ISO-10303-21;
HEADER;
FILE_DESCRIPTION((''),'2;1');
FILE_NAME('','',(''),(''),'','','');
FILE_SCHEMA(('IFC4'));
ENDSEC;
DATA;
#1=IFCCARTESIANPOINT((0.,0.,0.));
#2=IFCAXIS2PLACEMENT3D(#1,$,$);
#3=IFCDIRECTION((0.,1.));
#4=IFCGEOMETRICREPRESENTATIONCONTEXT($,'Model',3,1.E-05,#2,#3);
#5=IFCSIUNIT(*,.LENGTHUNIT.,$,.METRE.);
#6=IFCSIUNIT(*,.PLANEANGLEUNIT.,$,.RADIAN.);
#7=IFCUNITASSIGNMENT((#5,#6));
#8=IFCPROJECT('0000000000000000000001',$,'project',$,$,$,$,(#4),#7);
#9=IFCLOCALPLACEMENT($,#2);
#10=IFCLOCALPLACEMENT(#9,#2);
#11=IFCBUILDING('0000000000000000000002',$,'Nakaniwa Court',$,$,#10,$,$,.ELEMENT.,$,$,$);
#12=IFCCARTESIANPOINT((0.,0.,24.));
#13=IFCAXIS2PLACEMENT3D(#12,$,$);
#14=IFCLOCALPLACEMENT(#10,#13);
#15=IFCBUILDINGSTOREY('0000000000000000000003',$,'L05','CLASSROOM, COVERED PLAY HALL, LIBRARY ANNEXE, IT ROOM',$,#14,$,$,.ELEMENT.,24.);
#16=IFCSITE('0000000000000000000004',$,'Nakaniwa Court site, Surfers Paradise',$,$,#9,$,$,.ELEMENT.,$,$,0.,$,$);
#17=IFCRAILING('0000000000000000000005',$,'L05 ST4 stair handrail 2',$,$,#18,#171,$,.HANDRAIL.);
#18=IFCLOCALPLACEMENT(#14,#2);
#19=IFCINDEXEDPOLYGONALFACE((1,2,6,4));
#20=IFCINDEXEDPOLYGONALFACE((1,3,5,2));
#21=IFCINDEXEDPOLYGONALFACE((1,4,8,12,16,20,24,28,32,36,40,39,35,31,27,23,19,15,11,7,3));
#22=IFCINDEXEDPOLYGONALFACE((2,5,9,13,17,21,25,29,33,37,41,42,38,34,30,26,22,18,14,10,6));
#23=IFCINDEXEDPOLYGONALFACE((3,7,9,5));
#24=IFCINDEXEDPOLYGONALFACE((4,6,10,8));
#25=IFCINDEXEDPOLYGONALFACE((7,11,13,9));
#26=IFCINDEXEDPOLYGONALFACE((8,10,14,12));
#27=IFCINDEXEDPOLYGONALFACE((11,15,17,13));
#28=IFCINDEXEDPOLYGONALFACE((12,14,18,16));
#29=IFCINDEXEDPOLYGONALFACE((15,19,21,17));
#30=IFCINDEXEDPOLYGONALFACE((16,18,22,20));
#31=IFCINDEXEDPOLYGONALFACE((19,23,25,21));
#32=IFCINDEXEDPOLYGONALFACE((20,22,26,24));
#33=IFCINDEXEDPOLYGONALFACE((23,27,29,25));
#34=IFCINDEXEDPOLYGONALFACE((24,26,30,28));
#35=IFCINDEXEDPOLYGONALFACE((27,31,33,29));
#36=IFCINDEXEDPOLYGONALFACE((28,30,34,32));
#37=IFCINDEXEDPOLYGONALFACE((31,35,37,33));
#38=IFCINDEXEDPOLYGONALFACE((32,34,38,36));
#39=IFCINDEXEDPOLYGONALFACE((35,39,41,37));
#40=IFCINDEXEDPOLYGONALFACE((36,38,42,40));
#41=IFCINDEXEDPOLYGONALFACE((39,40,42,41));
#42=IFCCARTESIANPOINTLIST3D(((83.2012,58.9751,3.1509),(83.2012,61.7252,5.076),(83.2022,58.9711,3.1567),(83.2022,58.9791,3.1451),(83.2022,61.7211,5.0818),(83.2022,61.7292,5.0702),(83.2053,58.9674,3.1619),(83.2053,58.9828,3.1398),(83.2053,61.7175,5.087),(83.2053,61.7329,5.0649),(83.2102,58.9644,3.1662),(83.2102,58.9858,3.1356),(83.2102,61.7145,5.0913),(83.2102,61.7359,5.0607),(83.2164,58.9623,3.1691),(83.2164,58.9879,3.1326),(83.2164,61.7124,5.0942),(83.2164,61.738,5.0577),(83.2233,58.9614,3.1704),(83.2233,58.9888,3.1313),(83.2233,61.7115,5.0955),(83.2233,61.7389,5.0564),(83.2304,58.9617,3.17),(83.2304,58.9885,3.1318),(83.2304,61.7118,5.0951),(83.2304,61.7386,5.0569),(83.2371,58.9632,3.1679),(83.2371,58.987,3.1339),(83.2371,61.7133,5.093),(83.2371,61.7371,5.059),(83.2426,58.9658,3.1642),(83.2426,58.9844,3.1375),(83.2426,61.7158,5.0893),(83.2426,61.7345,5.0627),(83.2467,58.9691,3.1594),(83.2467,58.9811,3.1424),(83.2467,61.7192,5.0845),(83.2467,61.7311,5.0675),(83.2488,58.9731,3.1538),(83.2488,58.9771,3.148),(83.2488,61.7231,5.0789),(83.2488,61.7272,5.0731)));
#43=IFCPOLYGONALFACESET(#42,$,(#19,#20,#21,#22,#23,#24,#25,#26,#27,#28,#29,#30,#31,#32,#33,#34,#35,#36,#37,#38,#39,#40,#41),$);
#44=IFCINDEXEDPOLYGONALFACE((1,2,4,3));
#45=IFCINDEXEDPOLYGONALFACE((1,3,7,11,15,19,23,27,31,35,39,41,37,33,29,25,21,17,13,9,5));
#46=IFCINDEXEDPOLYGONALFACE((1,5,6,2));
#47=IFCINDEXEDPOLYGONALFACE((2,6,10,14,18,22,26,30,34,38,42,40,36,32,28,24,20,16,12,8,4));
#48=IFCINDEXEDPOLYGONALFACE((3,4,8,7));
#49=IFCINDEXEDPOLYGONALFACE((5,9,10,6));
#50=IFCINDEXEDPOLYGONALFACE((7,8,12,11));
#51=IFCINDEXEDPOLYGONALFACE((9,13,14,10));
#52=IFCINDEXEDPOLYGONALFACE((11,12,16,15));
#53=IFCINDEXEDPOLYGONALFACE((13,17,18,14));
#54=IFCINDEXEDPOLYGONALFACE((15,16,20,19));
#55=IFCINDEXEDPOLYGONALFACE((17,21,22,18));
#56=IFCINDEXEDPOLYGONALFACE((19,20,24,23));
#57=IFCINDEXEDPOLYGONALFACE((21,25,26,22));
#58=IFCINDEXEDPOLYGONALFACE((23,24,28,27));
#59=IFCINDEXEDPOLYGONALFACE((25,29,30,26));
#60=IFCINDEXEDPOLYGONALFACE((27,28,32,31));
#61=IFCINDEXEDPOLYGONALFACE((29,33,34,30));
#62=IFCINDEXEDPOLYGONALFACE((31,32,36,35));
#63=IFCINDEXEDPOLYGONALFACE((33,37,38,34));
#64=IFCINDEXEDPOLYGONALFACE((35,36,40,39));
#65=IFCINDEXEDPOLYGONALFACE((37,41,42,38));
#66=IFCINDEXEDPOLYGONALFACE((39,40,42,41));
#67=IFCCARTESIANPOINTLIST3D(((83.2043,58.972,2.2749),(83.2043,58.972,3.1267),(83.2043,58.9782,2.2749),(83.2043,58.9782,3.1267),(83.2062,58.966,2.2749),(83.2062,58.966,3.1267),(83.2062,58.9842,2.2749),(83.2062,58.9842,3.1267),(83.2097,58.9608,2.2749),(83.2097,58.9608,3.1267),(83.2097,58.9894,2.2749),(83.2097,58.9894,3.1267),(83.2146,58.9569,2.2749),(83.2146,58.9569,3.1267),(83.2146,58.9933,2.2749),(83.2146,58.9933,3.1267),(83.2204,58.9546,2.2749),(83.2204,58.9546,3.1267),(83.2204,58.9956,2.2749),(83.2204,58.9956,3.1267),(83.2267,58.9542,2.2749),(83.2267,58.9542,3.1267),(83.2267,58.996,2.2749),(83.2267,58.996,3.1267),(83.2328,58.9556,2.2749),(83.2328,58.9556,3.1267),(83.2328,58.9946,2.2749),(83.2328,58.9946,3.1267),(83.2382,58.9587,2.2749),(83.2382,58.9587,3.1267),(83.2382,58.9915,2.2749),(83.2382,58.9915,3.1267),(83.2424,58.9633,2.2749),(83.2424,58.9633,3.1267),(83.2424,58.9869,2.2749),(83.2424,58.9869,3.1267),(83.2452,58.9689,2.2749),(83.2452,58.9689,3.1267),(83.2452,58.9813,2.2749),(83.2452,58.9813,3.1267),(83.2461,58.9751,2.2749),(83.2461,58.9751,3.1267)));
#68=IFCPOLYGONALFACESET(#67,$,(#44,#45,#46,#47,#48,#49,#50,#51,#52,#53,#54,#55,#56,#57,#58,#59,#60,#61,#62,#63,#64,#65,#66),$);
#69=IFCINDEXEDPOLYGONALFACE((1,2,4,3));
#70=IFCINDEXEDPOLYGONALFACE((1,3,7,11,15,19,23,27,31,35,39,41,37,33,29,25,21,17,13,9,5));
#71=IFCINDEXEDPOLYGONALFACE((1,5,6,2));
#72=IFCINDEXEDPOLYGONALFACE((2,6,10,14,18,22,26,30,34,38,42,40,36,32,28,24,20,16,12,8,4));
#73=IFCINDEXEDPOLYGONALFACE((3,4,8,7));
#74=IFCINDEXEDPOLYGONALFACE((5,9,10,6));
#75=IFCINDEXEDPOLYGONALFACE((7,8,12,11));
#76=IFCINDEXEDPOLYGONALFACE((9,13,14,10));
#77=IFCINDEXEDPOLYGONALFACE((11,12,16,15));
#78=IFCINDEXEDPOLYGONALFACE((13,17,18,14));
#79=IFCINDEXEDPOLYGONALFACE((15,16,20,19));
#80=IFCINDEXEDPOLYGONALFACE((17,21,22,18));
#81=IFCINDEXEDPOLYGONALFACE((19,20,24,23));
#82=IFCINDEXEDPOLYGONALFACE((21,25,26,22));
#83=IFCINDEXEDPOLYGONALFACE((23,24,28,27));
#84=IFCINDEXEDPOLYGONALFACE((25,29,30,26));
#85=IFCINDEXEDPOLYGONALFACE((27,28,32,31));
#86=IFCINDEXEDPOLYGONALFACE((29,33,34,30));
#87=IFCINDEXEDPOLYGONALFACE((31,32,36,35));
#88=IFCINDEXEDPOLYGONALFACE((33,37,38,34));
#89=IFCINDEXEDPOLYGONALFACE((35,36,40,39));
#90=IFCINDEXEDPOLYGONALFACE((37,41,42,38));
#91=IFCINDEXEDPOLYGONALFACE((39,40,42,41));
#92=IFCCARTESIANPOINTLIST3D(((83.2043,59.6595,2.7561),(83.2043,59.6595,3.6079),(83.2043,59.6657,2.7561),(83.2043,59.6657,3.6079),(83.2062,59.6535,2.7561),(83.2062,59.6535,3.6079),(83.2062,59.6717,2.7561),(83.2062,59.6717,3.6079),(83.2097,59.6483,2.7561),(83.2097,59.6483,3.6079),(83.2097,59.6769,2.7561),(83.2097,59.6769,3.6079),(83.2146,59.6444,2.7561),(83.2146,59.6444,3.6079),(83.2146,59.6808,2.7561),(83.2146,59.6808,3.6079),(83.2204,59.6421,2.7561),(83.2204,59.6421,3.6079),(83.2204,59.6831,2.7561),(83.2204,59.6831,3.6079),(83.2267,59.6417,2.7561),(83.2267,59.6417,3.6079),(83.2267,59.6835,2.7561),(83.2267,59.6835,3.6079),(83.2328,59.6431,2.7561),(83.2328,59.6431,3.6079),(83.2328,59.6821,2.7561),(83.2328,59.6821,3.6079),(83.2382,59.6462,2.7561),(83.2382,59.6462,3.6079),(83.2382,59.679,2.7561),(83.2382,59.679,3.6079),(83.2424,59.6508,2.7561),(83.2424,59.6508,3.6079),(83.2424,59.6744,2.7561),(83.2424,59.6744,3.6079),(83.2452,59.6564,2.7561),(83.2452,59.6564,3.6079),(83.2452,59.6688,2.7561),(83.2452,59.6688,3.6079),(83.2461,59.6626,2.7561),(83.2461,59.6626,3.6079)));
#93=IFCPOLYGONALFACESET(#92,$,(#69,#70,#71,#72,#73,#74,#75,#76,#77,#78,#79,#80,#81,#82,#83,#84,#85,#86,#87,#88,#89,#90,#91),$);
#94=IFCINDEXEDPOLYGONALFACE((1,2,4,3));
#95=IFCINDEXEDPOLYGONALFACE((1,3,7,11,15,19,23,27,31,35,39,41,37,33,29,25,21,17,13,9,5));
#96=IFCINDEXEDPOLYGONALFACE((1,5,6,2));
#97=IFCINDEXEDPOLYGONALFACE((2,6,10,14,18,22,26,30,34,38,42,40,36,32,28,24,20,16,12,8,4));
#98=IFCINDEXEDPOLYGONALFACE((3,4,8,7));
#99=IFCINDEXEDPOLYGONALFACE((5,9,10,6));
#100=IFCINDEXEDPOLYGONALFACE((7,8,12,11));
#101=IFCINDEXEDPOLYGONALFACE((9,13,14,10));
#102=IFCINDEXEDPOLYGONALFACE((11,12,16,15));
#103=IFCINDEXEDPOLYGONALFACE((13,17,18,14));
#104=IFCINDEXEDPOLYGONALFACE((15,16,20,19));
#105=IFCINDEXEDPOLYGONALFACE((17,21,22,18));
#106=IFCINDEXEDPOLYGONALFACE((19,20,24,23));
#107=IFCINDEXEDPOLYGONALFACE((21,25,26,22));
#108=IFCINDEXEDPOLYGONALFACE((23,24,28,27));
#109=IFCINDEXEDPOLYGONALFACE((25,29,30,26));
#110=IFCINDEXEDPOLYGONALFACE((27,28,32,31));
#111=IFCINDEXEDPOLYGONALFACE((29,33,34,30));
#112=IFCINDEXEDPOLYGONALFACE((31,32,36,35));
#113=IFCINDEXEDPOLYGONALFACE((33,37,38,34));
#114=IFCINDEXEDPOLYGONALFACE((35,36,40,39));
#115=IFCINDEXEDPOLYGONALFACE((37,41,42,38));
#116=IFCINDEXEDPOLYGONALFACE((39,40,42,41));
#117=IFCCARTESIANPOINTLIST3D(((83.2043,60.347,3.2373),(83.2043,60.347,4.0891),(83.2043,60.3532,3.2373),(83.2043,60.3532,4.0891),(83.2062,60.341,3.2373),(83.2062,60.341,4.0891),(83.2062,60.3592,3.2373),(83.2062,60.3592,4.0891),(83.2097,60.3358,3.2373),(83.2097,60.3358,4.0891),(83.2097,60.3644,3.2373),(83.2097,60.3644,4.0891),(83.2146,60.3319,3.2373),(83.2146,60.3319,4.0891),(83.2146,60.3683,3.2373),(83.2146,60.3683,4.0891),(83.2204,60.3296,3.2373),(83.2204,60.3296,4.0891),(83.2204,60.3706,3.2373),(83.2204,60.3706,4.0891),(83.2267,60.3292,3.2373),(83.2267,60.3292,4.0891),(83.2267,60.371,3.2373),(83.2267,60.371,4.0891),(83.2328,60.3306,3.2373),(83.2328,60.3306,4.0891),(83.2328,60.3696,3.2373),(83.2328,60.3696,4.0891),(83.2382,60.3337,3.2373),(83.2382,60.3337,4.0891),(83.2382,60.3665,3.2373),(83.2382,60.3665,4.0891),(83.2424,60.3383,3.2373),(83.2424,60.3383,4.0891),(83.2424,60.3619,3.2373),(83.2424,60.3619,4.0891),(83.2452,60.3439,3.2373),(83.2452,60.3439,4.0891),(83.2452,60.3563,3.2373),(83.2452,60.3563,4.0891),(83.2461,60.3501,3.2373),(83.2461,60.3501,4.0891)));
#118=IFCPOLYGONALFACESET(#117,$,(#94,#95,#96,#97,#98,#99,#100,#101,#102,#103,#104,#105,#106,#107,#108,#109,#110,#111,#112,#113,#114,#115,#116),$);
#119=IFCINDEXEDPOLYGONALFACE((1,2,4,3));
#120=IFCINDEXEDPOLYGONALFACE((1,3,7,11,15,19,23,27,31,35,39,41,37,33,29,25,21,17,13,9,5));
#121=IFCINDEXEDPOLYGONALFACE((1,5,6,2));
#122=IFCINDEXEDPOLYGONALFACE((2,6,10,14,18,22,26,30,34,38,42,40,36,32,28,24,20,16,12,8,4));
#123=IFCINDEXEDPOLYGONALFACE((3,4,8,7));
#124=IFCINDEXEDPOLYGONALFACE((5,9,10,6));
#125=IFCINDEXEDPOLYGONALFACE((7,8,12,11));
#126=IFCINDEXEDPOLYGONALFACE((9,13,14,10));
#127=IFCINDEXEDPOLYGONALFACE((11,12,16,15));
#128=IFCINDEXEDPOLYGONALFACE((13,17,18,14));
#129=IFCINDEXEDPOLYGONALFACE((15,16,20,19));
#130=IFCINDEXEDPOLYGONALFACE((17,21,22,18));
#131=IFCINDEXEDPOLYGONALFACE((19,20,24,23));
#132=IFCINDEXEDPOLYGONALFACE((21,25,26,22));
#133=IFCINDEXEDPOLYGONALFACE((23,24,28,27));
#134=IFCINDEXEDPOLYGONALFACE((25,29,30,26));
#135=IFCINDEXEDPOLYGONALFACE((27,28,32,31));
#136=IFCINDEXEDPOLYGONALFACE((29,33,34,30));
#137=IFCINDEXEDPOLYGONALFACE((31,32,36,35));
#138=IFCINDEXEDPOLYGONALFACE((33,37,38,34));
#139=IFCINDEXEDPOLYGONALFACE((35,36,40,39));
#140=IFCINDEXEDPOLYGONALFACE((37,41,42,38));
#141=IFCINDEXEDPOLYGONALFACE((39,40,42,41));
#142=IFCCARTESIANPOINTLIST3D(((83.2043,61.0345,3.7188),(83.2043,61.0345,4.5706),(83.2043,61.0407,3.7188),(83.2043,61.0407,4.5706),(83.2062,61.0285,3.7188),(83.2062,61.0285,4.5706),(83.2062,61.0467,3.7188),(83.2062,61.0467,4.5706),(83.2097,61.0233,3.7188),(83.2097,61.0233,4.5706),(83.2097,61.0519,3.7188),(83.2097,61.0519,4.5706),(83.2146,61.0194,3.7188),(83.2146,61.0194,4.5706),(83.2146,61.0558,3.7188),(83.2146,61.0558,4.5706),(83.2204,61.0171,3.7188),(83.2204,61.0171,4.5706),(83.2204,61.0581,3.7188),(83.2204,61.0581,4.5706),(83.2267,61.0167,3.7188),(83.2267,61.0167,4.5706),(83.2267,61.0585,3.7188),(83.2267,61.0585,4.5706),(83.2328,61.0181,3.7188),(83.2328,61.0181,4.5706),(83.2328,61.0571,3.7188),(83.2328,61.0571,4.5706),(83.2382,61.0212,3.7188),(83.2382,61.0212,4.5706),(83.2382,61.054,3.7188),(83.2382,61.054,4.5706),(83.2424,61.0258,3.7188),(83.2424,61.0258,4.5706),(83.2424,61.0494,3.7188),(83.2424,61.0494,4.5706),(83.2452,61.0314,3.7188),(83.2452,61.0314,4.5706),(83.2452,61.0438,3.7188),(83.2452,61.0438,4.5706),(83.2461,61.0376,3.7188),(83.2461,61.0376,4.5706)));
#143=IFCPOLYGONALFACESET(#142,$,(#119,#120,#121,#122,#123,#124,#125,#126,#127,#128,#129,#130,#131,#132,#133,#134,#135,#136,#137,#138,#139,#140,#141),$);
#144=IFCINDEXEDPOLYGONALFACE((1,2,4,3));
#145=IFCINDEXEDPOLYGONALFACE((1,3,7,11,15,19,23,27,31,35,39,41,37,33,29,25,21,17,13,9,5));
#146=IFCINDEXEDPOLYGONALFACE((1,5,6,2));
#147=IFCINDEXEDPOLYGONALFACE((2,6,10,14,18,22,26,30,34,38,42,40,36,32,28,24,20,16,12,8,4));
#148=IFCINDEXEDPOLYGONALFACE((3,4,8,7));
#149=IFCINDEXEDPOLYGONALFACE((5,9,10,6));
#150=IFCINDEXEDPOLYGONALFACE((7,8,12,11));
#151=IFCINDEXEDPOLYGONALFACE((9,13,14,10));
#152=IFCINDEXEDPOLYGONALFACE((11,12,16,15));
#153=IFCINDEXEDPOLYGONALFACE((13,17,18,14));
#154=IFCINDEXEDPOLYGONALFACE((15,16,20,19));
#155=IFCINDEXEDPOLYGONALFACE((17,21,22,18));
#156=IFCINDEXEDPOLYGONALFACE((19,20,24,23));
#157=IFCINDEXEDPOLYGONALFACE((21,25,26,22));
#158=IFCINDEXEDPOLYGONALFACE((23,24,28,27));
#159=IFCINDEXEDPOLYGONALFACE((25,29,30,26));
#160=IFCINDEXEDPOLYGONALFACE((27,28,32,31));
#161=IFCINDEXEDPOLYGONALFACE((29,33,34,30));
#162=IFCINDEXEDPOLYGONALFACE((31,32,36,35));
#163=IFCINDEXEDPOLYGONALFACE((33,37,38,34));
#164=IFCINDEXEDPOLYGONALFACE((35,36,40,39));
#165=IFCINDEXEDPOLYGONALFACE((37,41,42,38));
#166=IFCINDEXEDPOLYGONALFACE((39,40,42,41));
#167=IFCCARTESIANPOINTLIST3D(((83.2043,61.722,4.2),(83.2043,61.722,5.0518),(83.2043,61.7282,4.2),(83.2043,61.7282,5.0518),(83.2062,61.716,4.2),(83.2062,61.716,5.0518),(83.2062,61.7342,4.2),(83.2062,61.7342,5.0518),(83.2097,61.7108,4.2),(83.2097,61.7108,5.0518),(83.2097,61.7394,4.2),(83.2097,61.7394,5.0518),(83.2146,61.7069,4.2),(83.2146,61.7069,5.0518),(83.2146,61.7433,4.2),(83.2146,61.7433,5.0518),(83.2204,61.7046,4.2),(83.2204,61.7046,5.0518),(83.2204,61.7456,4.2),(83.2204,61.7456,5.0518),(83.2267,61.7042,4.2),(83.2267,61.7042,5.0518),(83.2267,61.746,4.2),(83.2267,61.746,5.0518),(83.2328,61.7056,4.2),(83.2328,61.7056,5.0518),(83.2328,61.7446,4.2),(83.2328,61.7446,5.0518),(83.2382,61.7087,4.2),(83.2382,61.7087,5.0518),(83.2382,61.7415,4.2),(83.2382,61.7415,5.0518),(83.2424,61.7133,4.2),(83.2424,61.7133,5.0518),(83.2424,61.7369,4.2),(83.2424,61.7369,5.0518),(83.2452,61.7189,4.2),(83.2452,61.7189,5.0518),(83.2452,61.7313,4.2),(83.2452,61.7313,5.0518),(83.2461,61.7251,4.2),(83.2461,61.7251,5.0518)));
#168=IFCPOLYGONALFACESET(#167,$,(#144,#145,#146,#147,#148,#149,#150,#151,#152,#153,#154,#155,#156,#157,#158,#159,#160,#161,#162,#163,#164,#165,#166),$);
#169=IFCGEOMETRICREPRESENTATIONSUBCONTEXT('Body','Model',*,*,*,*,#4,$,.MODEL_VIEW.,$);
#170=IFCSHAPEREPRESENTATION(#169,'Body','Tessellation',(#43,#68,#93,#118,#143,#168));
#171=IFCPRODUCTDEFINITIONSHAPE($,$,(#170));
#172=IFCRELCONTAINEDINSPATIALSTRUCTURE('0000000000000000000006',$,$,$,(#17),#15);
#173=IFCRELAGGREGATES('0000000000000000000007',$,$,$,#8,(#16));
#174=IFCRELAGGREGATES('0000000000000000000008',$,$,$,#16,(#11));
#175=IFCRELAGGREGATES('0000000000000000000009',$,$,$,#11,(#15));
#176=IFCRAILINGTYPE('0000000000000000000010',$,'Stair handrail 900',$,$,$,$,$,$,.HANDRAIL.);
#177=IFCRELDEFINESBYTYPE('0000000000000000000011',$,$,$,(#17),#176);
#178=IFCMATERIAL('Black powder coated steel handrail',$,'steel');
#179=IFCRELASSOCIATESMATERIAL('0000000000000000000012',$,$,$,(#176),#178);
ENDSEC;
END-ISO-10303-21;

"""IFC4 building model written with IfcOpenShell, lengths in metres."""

from ifc_helpers import new_model, si_unit, direction, frame, origin, origin_2d, place, context, subcontext, project, spatial, circle, extrude, material, type_object, element, save


model = new_model("IFC4")

# Units and contexts
model_context = context("Model", 3, precision=1e-05, world=origin(), true_north=direction((0.0, 1.0)))
body_context = subcontext(model_context, "Body", "Model", "MODEL_VIEW")
ifc_project = project(units=[si_unit("LENGTHUNIT", "METRE"), si_unit("PLANEANGLEUNIT", "RADIAN")], contexts=[model_context])

# Site, building, storey
site_placement = place(None, origin())
site = spatial("IfcSite", under=ifc_project, at=site_placement, Name="Nakaniwa Court site, Surfers Paradise", CompositionType="ELEMENT", RefElevation=0.0)
building_placement = place(site_placement, origin())
building = spatial("IfcBuilding", under=site, at=building_placement, Name="Nakaniwa Court", CompositionType="ELEMENT")
storey_placement = place(building_placement, frame((0.0, 0.0, 24.0)))
storey = spatial("IfcBuildingStorey", under=building, at=storey_placement, Name="L05", Description="CLASSROOM, COVERED PLAY HALL, LIBRARY ANNEXE, IT ROOM", CompositionType="ELEMENT", Elevation=24.0)

# Railing
ifc_material_1 = material(Name="Black powder coated steel handrail", Category="steel")
railing_type_1 = type_object("IfcRailingType", Name="Stair handrail 900", PredefinedType="HANDRAIL", material=ifc_material_1)
railing_1_placement = place(storey_placement, frame((83.2251, 58.9751, 2.2749)))
element("IfcRailing", 1, at=railing_1_placement, inside=storey, type_object=railing_type_1, Name="L05 ST4 stair handrail 2", PredefinedType="HANDRAIL", context=body_context, shape_type="SweptSolid", body=[
    extrude(circle(Radius=0.0239, at=origin_2d()), frame((0.0, 0.0, 0.876), z_axis=(0.0, 0.819225, 0.573472), x_axis=(-1.0, 0.0, 0.0)), (0.0, 0.0, 1.0), 3.3569),
    extrude(circle(Radius=0.021, at=origin_2d()), origin(), (0.0, 0.0, 1.0), 0.8518),
    extrude(circle(Radius=0.021, at=origin_2d()), frame((0.0, 0.6875, 0.4812)), (0.0, 0.0, 1.0), 0.8518),
    extrude(circle(Radius=0.021, at=origin_2d()), frame((0.0, 1.375, 0.9624)), (0.0, 0.0, 1.0), 0.8518),
    extrude(circle(Radius=0.021, at=origin_2d()), frame((0.0, 2.0625, 1.4438)), (0.0, 0.0, 1.0), 0.8518),
    extrude(circle(Radius=0.021, at=origin_2d()), frame((0.0, 2.75, 1.925)), (0.0, 0.0, 1.0), 0.8518),
])

save(model, "model.ifc")
